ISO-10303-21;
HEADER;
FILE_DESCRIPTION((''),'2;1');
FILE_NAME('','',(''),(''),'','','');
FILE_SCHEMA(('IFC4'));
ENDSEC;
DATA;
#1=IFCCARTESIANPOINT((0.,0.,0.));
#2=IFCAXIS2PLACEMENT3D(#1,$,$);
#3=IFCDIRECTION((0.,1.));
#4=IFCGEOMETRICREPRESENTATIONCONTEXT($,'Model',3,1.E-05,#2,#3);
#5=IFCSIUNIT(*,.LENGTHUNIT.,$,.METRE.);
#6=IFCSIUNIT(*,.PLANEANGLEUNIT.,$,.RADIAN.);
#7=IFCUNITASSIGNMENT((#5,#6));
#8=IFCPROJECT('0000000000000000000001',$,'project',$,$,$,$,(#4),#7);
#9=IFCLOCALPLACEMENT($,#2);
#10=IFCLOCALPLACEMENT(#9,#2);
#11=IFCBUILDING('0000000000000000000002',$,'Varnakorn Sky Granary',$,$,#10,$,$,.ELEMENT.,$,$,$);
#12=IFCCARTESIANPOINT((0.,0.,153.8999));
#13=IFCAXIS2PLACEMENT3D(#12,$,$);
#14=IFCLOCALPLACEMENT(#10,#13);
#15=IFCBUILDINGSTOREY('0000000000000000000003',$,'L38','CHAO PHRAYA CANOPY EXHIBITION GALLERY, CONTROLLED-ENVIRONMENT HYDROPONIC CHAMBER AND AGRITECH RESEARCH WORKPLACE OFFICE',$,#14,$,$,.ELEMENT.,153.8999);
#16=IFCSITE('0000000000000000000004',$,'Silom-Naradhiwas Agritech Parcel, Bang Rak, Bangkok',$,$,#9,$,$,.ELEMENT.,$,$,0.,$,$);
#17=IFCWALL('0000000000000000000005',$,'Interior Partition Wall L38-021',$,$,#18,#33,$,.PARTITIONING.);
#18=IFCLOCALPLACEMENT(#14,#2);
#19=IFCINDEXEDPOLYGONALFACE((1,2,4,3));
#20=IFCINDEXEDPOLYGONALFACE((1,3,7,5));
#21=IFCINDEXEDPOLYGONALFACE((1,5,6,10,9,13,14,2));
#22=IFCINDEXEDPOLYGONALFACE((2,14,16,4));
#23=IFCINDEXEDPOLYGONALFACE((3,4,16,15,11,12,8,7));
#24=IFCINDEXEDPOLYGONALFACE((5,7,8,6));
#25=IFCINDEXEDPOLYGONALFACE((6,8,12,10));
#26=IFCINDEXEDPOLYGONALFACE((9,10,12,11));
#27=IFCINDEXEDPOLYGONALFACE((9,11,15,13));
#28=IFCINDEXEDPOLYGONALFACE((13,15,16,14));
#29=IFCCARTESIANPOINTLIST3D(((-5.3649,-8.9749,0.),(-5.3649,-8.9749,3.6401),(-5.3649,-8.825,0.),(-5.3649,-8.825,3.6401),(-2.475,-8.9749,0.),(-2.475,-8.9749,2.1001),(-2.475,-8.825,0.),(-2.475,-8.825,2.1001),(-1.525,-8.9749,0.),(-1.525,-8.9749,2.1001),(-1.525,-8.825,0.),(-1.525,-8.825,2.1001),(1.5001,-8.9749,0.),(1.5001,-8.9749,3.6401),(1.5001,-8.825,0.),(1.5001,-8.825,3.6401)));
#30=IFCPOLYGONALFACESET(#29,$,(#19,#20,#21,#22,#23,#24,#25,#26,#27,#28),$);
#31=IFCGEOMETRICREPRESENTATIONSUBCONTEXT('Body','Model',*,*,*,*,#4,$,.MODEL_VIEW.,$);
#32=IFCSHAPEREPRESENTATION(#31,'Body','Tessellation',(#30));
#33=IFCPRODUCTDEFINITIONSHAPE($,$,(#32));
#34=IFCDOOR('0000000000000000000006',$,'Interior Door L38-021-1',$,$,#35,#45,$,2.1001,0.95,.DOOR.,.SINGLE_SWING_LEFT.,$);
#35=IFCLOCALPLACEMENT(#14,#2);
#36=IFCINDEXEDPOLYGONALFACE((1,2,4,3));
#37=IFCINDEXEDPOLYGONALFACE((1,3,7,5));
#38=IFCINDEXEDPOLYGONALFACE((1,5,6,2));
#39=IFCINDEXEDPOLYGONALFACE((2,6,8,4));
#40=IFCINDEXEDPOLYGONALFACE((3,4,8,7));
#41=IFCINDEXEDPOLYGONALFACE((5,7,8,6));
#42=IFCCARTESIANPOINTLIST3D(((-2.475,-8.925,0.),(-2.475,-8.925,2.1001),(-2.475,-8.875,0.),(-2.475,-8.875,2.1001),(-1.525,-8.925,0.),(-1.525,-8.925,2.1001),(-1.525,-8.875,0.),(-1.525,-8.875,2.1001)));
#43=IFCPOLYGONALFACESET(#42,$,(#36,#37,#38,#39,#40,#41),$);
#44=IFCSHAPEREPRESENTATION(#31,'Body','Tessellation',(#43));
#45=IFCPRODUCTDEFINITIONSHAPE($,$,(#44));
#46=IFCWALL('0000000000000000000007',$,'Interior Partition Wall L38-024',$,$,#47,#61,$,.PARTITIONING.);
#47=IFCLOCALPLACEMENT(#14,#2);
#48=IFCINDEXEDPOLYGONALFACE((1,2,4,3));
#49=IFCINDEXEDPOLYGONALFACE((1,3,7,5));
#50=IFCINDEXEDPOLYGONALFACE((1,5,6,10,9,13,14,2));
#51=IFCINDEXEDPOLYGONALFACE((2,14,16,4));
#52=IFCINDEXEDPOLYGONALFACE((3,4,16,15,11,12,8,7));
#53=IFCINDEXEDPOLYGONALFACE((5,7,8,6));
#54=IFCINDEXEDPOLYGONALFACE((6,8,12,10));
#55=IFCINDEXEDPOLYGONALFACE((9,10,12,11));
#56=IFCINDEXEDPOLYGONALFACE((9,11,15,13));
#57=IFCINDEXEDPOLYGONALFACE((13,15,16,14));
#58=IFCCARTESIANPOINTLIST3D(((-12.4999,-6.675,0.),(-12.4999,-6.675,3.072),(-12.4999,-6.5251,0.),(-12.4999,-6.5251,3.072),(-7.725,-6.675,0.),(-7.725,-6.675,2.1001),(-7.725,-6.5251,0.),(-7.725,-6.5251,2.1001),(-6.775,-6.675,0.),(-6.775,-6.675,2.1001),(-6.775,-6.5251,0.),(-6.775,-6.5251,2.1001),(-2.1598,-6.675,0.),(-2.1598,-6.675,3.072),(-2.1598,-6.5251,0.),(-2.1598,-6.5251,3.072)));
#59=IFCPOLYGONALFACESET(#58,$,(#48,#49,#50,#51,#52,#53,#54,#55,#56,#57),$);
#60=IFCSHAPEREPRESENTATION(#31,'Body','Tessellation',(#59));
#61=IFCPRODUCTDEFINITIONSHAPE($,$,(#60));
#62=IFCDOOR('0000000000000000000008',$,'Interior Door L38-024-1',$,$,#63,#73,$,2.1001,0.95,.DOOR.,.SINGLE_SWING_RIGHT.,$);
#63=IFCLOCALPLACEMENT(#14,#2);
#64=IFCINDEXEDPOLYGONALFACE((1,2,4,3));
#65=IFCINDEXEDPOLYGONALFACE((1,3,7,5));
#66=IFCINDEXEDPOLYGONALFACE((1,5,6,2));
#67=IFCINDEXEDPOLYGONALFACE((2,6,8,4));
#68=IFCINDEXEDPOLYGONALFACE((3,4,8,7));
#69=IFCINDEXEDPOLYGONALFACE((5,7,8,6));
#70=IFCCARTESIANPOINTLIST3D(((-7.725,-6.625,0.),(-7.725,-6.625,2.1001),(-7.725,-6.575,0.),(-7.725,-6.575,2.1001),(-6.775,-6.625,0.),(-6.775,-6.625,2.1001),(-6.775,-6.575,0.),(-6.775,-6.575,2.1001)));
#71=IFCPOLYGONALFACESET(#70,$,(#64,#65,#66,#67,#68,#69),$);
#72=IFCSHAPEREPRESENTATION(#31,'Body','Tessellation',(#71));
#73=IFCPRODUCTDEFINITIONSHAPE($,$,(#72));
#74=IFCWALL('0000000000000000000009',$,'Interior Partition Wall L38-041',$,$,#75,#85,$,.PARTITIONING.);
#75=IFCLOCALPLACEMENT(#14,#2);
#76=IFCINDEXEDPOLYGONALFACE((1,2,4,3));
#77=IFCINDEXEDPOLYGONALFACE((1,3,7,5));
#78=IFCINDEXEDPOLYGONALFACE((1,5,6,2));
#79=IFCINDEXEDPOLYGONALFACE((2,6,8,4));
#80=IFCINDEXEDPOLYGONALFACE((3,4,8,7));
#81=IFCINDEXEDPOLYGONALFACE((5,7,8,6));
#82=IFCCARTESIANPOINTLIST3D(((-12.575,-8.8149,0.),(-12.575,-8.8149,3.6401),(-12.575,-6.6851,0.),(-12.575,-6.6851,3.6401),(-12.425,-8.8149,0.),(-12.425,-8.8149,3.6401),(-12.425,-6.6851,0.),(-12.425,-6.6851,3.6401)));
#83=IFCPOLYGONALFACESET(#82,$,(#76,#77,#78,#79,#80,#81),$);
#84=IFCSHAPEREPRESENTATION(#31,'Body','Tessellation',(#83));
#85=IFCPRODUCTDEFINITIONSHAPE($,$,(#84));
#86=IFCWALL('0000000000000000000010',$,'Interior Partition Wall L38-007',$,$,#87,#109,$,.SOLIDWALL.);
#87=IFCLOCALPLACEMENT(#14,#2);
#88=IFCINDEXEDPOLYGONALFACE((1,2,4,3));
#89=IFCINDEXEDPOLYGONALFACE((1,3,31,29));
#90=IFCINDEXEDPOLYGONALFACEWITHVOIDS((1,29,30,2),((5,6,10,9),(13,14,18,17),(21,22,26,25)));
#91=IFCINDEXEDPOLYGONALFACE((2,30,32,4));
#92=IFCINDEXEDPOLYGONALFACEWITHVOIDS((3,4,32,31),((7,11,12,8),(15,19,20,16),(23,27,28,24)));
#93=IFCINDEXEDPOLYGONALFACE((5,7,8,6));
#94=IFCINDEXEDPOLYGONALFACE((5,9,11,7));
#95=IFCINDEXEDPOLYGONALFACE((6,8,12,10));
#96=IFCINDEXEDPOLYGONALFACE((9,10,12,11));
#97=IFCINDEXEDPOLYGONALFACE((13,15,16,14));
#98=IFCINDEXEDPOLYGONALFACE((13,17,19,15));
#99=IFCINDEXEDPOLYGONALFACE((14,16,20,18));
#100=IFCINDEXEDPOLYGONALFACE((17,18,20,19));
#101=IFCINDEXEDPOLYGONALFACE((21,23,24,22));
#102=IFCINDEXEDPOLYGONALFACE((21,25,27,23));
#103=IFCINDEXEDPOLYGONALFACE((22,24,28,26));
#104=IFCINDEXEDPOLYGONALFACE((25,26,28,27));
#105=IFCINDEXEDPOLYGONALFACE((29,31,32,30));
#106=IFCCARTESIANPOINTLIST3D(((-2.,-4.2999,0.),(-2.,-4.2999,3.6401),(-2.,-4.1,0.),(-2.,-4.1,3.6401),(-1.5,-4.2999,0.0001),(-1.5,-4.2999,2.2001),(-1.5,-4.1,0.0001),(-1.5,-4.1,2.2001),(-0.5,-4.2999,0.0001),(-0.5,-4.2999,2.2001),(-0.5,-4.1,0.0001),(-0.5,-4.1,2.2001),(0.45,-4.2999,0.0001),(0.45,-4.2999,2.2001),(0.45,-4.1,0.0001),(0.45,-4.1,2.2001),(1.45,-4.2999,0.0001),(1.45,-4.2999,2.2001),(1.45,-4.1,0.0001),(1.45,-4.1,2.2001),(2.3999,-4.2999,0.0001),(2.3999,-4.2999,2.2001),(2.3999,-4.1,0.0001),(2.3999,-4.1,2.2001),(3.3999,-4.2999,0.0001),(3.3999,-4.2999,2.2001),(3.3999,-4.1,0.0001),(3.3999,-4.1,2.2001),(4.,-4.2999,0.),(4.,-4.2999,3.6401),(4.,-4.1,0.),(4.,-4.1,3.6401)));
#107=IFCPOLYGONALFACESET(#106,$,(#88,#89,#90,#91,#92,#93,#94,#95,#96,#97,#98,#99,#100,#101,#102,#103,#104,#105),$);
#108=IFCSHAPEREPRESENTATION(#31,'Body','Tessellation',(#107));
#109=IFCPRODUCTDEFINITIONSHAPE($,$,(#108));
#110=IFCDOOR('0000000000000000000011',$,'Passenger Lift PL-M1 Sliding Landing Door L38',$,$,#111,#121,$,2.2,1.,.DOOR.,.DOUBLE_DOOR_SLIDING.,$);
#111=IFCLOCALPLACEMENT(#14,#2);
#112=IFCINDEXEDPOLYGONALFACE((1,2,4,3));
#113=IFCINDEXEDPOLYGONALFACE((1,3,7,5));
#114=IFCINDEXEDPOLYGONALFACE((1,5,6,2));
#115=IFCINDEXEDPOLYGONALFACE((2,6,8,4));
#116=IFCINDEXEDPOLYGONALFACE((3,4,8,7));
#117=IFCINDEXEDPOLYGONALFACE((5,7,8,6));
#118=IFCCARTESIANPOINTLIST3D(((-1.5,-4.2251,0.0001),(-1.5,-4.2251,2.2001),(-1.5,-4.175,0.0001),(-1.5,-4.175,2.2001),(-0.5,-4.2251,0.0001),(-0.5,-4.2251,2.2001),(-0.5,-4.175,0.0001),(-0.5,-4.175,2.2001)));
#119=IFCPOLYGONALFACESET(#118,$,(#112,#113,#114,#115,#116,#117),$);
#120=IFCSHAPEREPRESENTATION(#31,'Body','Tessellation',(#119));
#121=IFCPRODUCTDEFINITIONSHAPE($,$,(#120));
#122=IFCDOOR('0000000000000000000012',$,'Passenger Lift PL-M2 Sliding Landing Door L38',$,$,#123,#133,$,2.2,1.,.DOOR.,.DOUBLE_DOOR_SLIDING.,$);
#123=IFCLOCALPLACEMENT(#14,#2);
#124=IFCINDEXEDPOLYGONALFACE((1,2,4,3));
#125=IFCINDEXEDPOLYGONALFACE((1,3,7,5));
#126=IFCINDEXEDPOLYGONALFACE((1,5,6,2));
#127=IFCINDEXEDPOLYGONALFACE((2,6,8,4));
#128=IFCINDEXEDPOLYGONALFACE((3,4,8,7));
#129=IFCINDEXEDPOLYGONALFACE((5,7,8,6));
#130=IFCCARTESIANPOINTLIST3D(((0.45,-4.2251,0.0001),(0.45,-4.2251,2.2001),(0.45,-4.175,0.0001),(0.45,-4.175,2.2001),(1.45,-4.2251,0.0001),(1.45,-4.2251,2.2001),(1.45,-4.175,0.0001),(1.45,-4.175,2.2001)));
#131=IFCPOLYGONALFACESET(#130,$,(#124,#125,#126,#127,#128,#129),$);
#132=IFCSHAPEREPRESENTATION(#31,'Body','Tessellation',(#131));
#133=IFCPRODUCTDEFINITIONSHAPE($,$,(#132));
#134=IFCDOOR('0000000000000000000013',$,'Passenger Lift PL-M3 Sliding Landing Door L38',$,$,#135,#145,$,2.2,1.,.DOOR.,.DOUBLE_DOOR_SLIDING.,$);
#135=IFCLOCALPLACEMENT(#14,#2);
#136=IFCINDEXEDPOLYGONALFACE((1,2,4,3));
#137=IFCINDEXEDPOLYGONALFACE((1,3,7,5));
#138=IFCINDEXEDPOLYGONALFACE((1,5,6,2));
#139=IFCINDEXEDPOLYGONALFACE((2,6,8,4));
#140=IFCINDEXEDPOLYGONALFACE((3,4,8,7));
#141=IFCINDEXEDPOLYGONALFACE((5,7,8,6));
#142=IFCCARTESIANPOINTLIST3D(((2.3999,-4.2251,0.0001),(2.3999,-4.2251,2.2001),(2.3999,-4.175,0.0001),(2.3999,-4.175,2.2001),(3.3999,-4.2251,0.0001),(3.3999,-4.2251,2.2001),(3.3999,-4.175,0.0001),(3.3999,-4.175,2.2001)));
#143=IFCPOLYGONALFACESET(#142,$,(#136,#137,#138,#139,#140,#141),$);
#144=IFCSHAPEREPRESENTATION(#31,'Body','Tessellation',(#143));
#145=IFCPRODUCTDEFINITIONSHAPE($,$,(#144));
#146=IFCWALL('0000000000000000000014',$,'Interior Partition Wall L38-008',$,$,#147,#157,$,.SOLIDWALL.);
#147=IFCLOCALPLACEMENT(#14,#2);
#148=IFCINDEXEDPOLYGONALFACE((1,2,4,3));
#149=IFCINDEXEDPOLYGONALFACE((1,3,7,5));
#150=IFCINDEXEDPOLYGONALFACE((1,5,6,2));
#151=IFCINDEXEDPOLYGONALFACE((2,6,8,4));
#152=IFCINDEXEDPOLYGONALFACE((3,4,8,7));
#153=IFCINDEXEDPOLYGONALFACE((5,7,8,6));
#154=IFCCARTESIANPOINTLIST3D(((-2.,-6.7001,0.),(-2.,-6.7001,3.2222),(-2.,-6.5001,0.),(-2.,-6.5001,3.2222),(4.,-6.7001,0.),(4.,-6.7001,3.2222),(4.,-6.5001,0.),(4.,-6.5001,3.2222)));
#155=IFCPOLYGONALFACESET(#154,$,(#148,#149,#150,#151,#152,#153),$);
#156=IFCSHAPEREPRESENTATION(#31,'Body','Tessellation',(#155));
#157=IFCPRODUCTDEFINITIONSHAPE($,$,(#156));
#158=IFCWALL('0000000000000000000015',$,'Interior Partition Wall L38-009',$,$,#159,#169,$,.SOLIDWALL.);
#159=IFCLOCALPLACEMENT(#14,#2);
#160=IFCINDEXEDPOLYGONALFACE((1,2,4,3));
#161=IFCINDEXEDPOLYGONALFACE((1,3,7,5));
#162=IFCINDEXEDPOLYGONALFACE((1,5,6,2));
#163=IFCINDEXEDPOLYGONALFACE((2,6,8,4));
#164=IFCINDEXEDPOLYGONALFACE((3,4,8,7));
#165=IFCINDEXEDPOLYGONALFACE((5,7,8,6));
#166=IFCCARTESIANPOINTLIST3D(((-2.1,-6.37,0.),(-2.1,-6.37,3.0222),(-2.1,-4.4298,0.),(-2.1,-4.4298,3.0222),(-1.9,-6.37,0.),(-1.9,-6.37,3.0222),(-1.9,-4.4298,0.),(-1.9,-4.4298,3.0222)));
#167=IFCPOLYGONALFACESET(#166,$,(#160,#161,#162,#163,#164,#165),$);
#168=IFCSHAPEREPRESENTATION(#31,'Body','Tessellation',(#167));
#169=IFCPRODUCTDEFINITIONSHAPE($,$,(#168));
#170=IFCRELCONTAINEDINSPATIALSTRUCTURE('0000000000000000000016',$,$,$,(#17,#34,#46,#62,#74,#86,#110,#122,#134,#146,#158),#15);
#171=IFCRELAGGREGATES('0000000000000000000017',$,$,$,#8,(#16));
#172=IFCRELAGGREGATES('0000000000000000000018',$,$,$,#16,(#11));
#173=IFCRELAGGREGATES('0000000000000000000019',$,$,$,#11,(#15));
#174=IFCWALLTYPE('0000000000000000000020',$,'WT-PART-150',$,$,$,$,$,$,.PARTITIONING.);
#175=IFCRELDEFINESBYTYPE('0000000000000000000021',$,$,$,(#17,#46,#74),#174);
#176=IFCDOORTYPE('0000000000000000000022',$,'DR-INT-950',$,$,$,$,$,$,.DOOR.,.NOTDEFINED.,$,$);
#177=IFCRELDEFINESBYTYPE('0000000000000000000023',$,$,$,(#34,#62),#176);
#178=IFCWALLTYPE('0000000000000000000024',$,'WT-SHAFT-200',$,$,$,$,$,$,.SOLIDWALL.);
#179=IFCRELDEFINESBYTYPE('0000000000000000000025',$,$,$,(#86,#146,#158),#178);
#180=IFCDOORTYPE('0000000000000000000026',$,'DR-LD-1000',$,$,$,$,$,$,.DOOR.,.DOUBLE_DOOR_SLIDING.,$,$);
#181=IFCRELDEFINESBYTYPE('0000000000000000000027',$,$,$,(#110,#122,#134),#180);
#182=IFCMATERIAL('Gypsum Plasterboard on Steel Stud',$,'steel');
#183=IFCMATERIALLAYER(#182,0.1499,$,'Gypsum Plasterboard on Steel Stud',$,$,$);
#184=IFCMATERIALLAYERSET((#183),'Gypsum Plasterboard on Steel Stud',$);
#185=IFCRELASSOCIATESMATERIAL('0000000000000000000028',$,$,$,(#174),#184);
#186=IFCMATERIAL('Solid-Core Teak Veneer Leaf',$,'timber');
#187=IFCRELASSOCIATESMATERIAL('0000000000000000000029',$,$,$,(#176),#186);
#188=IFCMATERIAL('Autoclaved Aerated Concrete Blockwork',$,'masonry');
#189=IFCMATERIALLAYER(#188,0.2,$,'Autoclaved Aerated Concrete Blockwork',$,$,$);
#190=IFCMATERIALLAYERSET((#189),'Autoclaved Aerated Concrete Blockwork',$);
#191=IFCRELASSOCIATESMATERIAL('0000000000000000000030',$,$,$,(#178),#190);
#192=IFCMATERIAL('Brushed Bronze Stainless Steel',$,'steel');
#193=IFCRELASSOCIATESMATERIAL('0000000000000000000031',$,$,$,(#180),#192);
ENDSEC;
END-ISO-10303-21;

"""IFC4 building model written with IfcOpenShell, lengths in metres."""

from ifc_helpers import new_model, si_unit, direction, frame, frame_2d, origin, place, context, subcontext, project, spatial, rectangle, extrude, material, layer, layer_set, type_object, element, fill, save


model = new_model("IFC4")

# Units and contexts
model_context = context("Model", 3, precision=1e-05, world=origin(), true_north=direction((0.0, 1.0)))
body_context = subcontext(model_context, "Body", "Model", "MODEL_VIEW")
ifc_project = project(units=[si_unit("LENGTHUNIT", "METRE"), si_unit("PLANEANGLEUNIT", "RADIAN")], contexts=[model_context])

# Site, building, storey
site_placement = place(None, origin())
site = spatial("IfcSite", under=ifc_project, at=site_placement, Name="Silom-Naradhiwas Agritech Parcel, Bang Rak, Bangkok", CompositionType="ELEMENT", RefElevation=0.0)
building_placement = place(site_placement, origin())
building = spatial("IfcBuilding", under=site, at=building_placement, Name="Varnakorn Sky Granary", CompositionType="ELEMENT")
storey_placement = place(building_placement, frame((0.0, 0.0, 153.8999)))
storey = spatial("IfcBuildingStorey", under=building, at=storey_placement, Name="L38", Description="CHAO PHRAYA CANOPY EXHIBITION GALLERY, CONTROLLED-ENVIRONMENT HYDROPONIC CHAMBER AND AGRITECH RESEARCH WORKPLACE OFFICE", CompositionType="ELEMENT", Elevation=153.8999)

# Shared definitions
ifc_material_1 = material(Name="Autoclaved Aerated Concrete Blockwork", Category="masonry")

# Walls, openings, doors
ifc_material_2 = material(Name="Gypsum Plasterboard on Steel Stud", Category="steel")
ifc_layer_1 = layer(ifc_material_2, 0.1499, Name="Gypsum Plasterboard on Steel Stud")
ifc_layer_set_1 = layer_set([ifc_layer_1], Name="Gypsum Plasterboard on Steel Stud")
wall_type_1 = type_object("IfcWallType", Name="WT-PART-150", PredefinedType="PARTITIONING", material=ifc_layer_set_1)
wall_1_placement = place(storey_placement, frame((-5.365, -8.8999, 0.0), z_axis=(0.0, 0.0, 1.0), x_axis=(1.0, 0.0, 0.0)))
wall_1 = element("IfcWall", 1, at=wall_1_placement, inside=storey, type_object=wall_type_1, Name="Interior Partition Wall L38-021", PredefinedType="PARTITIONING", context=body_context, shape_type="SweptSolid", body=[
    extrude(rectangle(XDim=6.865, YDim=0.1499, at=frame_2d((3.4326, 0.0))), origin(), (0.0, 0.0, 1.0), 3.6401),
])
opening_1_placement = place(wall_1_placement, frame((2.8899, 0.0, 0.0)))
opening_1 = element("IfcOpeningElement", 2, at=opening_1_placement, cuts=wall_1, PredefinedType="OPENING", context=body_context, shape_type="SweptSolid", body=[
    extrude(rectangle(XDim=0.95, YDim=2.1001, at=frame_2d((0.4751, 1.05))), frame((0.0, 0.085, 0.0), z_axis=(0.0, -1.0, 0.0), x_axis=(1.0, 0.0, 0.0)), (0.0, 0.0, 1.0), 0.1699),
])
ifc_material_3 = material(Name="Solid-Core Teak Veneer Leaf", Category="timber")
door_type_1 = type_object("IfcDoorType", Name="DR-INT-950", OperationType="NOTDEFINED", PredefinedType="DOOR", material=ifc_material_3)
door_1_placement = place(opening_1_placement, origin())
door_1 = element("IfcDoor", 3, at=door_1_placement, inside=storey, type_object=door_type_1, Name="Interior Door L38-021-1", OperationType="SINGLE_SWING_LEFT", OverallHeight=2.1001, OverallWidth=0.95, PredefinedType="DOOR", context=body_context, shape_type="SweptSolid", body=[
    extrude(rectangle(XDim=0.95, YDim=2.1001, at=frame_2d((0.4751, 1.05))), frame((0.0, 0.0249, 0.0), z_axis=(0.0, -1.0, 0.0), x_axis=(1.0, 0.0, 0.0)), (0.0, 0.0, 1.0), 0.05),
])
fill(opening_1, door_1)
wall_2_placement = place(storey_placement, frame((-2.1599, -6.6001, 0.0), z_axis=(0.0, 0.0, 1.0), x_axis=(-1.0, 0.0, 0.0)))
wall_2 = element("IfcWall", 4, at=wall_2_placement, inside=storey, type_object=wall_type_1, Name="Interior Partition Wall L38-024", PredefinedType="PARTITIONING", context=body_context, shape_type="SweptSolid", body=[
    extrude(rectangle(XDim=10.3401, YDim=0.1499, at=frame_2d((5.1699, 0.0))), origin(), (0.0, 0.0, 1.0), 3.072),
])
opening_2_placement = place(wall_2_placement, frame((4.615, 0.0, 0.0)))
opening_2 = element("IfcOpeningElement", 5, at=opening_2_placement, cuts=wall_2, PredefinedType="OPENING", context=body_context, shape_type="SweptSolid", body=[
    extrude(rectangle(XDim=0.95, YDim=2.1001, at=frame_2d((0.4751, 1.05))), frame((0.0, 0.085, 0.0), z_axis=(0.0, -1.0, 0.0), x_axis=(1.0, 0.0, 0.0)), (0.0, 0.0, 1.0), 0.1699),
])
door_2_placement = place(opening_2_placement, origin())
door_2 = element("IfcDoor", 6, at=door_2_placement, inside=storey, type_object=door_type_1, Name="Interior Door L38-024-1", OperationType="SINGLE_SWING_RIGHT", OverallHeight=2.1001, OverallWidth=0.95, PredefinedType="DOOR", context=body_context, shape_type="SweptSolid", body=[
    extrude(rectangle(XDim=0.95, YDim=2.1001, at=frame_2d((0.4751, 1.05))), frame((0.0, 0.0249, 0.0), z_axis=(0.0, -1.0, 0.0), x_axis=(1.0, 0.0, 0.0)), (0.0, 0.0, 1.0), 0.05),
])
fill(opening_2, door_2)

# Wall
wall_3_placement = place(storey_placement, frame((-12.5, -6.6851, 0.0), z_axis=(0.0, 0.0, 1.0), x_axis=(0.0, -1.0, 0.0)))
element("IfcWall", 7, at=wall_3_placement, inside=storey, type_object=wall_type_1, Name="Interior Partition Wall L38-041", PredefinedType="PARTITIONING", context=body_context, shape_type="SweptSolid", body=[
    extrude(rectangle(XDim=2.1299, YDim=0.1499, at=frame_2d((1.0649, 0.0))), origin(), (0.0, 0.0, 1.0), 3.6401),
])

# Wall, openings, doors
ifc_layer_2 = layer(ifc_material_1, 0.2, Name="Autoclaved Aerated Concrete Blockwork")
ifc_layer_set_2 = layer_set([ifc_layer_2], Name="Autoclaved Aerated Concrete Blockwork")
wall_type_2 = type_object("IfcWallType", Name="WT-SHAFT-200", PredefinedType="SOLIDWALL", material=ifc_layer_set_2)
wall_4_placement = place(storey_placement, frame((-2.0, -4.2, 0.0), z_axis=(0.0, 0.0, 1.0), x_axis=(1.0, 0.0, 0.0)))
wall_4 = element("IfcWall", 8, at=wall_4_placement, inside=storey, type_object=wall_type_2, Name="Interior Partition Wall L38-007", PredefinedType="SOLIDWALL", context=body_context, shape_type="SweptSolid", body=[
    extrude(rectangle(XDim=6.0, YDim=0.2, at=frame_2d((3.0, 0.0))), origin(), (0.0, 0.0, 1.0), 3.6401),
])
opening_3_placement = place(wall_4_placement, frame((0.5, 0.0, 0.0)))
opening_3 = element("IfcOpeningElement", 9, at=opening_3_placement, cuts=wall_4, PredefinedType="OPENING", context=body_context, shape_type="SweptSolid", body=[
    extrude(rectangle(XDim=1.0, YDim=2.2, at=frame_2d((0.5, 1.1001))), frame((0.0, 0.1099, 0.0), z_axis=(0.0, -1.0, 0.0), x_axis=(1.0, 0.0, 0.0)), (0.0, 0.0, 1.0), 0.22),
])
opening_4_placement = place(wall_4_placement, frame((2.45, 0.0, 0.0)))
opening_4 = element("IfcOpeningElement", 10, at=opening_4_placement, cuts=wall_4, PredefinedType="OPENING", context=body_context, shape_type="SweptSolid", body=[
    extrude(rectangle(XDim=1.0, YDim=2.2, at=frame_2d((0.5, 1.1001))), frame((0.0, 0.1099, 0.0), z_axis=(0.0, -1.0, 0.0), x_axis=(1.0, 0.0, 0.0)), (0.0, 0.0, 1.0), 0.22),
])
opening_5_placement = place(wall_4_placement, frame((4.3999, 0.0, 0.0)))
opening_5 = element("IfcOpeningElement", 11, at=opening_5_placement, cuts=wall_4, PredefinedType="OPENING", context=body_context, shape_type="SweptSolid", body=[
    extrude(rectangle(XDim=1.0, YDim=2.2, at=frame_2d((0.5, 1.1001))), frame((0.0, 0.1099, 0.0), z_axis=(0.0, -1.0, 0.0), x_axis=(1.0, 0.0, 0.0)), (0.0, 0.0, 1.0), 0.22),
])
ifc_material_4 = material(Name="Brushed Bronze Stainless Steel", Category="steel")
door_type_2 = type_object("IfcDoorType", Name="DR-LD-1000", OperationType="DOUBLE_DOOR_SLIDING", PredefinedType="DOOR", material=ifc_material_4)
door_3_placement = place(opening_3_placement, origin())
door_3 = element("IfcDoor", 12, at=door_3_placement, inside=storey, type_object=door_type_2, Name="Passenger Lift PL-M1 Sliding Landing Door L38", OperationType="DOUBLE_DOOR_SLIDING", OverallHeight=2.2, OverallWidth=1.0, PredefinedType="DOOR", context=body_context, shape_type="SweptSolid", body=[
    extrude(rectangle(XDim=1.0, YDim=2.2, at=frame_2d((0.5, 1.1001))), frame((0.0, 0.0249, 0.0), z_axis=(0.0, -1.0, 0.0), x_axis=(1.0, 0.0, 0.0)), (0.0, 0.0, 1.0), 0.05),
])
fill(opening_3, door_3)
door_4_placement = place(opening_4_placement, origin())
door_4 = element("IfcDoor", 13, at=door_4_placement, inside=storey, type_object=door_type_2, Name="Passenger Lift PL-M2 Sliding Landing Door L38", OperationType="DOUBLE_DOOR_SLIDING", OverallHeight=2.2, OverallWidth=1.0, PredefinedType="DOOR", context=body_context, shape_type="SweptSolid", body=[
    extrude(rectangle(XDim=1.0, YDim=2.2, at=frame_2d((0.5, 1.1001))), frame((0.0, 0.0249, 0.0), z_axis=(0.0, -1.0, 0.0), x_axis=(1.0, 0.0, 0.0)), (0.0, 0.0, 1.0), 0.05),
])
fill(opening_4, door_4)
door_5_placement = place(opening_5_placement, origin())
door_5 = element("IfcDoor", 14, at=door_5_placement, inside=storey, type_object=door_type_2, Name="Passenger Lift PL-M3 Sliding Landing Door L38", OperationType="DOUBLE_DOOR_SLIDING", OverallHeight=2.2, OverallWidth=1.0, PredefinedType="DOOR", context=body_context, shape_type="SweptSolid", body=[
    extrude(rectangle(XDim=1.0, YDim=2.2, at=frame_2d((0.5, 1.1001))), frame((0.0, 0.0249, 0.0), z_axis=(0.0, -1.0, 0.0), x_axis=(1.0, 0.0, 0.0)), (0.0, 0.0, 1.0), 0.05),
])
fill(opening_5, door_5)

# Walls
wall_5_placement = place(storey_placement, frame((-2.0, -6.6001, 0.0), z_axis=(0.0, 0.0, 1.0), x_axis=(1.0, 0.0, 0.0)))
element("IfcWall", 15, at=wall_5_placement, inside=storey, type_object=wall_type_2, Name="Interior Partition Wall L38-008", PredefinedType="SOLIDWALL", context=body_context, shape_type="SweptSolid", body=[
    extrude(rectangle(XDim=6.0, YDim=0.2, at=frame_2d((3.0, 0.0))), origin(), (0.0, 0.0, 1.0), 3.2222),
])
wall_6_placement = place(storey_placement, frame((-2.0, -6.3701, 0.0), z_axis=(0.0, 0.0, 1.0), x_axis=(0.0, 1.0, 0.0)))
element("IfcWall", 16, at=wall_6_placement, inside=storey, type_object=wall_type_2, Name="Interior Partition Wall L38-009", PredefinedType="SOLIDWALL", context=body_context, shape_type="SweptSolid", body=[
    extrude(rectangle(XDim=1.9402, YDim=0.2, at=frame_2d((0.9702, 0.0))), origin(), (0.0, 0.0, 1.0), 3.0222),
])

save(model, "model.ifc")
